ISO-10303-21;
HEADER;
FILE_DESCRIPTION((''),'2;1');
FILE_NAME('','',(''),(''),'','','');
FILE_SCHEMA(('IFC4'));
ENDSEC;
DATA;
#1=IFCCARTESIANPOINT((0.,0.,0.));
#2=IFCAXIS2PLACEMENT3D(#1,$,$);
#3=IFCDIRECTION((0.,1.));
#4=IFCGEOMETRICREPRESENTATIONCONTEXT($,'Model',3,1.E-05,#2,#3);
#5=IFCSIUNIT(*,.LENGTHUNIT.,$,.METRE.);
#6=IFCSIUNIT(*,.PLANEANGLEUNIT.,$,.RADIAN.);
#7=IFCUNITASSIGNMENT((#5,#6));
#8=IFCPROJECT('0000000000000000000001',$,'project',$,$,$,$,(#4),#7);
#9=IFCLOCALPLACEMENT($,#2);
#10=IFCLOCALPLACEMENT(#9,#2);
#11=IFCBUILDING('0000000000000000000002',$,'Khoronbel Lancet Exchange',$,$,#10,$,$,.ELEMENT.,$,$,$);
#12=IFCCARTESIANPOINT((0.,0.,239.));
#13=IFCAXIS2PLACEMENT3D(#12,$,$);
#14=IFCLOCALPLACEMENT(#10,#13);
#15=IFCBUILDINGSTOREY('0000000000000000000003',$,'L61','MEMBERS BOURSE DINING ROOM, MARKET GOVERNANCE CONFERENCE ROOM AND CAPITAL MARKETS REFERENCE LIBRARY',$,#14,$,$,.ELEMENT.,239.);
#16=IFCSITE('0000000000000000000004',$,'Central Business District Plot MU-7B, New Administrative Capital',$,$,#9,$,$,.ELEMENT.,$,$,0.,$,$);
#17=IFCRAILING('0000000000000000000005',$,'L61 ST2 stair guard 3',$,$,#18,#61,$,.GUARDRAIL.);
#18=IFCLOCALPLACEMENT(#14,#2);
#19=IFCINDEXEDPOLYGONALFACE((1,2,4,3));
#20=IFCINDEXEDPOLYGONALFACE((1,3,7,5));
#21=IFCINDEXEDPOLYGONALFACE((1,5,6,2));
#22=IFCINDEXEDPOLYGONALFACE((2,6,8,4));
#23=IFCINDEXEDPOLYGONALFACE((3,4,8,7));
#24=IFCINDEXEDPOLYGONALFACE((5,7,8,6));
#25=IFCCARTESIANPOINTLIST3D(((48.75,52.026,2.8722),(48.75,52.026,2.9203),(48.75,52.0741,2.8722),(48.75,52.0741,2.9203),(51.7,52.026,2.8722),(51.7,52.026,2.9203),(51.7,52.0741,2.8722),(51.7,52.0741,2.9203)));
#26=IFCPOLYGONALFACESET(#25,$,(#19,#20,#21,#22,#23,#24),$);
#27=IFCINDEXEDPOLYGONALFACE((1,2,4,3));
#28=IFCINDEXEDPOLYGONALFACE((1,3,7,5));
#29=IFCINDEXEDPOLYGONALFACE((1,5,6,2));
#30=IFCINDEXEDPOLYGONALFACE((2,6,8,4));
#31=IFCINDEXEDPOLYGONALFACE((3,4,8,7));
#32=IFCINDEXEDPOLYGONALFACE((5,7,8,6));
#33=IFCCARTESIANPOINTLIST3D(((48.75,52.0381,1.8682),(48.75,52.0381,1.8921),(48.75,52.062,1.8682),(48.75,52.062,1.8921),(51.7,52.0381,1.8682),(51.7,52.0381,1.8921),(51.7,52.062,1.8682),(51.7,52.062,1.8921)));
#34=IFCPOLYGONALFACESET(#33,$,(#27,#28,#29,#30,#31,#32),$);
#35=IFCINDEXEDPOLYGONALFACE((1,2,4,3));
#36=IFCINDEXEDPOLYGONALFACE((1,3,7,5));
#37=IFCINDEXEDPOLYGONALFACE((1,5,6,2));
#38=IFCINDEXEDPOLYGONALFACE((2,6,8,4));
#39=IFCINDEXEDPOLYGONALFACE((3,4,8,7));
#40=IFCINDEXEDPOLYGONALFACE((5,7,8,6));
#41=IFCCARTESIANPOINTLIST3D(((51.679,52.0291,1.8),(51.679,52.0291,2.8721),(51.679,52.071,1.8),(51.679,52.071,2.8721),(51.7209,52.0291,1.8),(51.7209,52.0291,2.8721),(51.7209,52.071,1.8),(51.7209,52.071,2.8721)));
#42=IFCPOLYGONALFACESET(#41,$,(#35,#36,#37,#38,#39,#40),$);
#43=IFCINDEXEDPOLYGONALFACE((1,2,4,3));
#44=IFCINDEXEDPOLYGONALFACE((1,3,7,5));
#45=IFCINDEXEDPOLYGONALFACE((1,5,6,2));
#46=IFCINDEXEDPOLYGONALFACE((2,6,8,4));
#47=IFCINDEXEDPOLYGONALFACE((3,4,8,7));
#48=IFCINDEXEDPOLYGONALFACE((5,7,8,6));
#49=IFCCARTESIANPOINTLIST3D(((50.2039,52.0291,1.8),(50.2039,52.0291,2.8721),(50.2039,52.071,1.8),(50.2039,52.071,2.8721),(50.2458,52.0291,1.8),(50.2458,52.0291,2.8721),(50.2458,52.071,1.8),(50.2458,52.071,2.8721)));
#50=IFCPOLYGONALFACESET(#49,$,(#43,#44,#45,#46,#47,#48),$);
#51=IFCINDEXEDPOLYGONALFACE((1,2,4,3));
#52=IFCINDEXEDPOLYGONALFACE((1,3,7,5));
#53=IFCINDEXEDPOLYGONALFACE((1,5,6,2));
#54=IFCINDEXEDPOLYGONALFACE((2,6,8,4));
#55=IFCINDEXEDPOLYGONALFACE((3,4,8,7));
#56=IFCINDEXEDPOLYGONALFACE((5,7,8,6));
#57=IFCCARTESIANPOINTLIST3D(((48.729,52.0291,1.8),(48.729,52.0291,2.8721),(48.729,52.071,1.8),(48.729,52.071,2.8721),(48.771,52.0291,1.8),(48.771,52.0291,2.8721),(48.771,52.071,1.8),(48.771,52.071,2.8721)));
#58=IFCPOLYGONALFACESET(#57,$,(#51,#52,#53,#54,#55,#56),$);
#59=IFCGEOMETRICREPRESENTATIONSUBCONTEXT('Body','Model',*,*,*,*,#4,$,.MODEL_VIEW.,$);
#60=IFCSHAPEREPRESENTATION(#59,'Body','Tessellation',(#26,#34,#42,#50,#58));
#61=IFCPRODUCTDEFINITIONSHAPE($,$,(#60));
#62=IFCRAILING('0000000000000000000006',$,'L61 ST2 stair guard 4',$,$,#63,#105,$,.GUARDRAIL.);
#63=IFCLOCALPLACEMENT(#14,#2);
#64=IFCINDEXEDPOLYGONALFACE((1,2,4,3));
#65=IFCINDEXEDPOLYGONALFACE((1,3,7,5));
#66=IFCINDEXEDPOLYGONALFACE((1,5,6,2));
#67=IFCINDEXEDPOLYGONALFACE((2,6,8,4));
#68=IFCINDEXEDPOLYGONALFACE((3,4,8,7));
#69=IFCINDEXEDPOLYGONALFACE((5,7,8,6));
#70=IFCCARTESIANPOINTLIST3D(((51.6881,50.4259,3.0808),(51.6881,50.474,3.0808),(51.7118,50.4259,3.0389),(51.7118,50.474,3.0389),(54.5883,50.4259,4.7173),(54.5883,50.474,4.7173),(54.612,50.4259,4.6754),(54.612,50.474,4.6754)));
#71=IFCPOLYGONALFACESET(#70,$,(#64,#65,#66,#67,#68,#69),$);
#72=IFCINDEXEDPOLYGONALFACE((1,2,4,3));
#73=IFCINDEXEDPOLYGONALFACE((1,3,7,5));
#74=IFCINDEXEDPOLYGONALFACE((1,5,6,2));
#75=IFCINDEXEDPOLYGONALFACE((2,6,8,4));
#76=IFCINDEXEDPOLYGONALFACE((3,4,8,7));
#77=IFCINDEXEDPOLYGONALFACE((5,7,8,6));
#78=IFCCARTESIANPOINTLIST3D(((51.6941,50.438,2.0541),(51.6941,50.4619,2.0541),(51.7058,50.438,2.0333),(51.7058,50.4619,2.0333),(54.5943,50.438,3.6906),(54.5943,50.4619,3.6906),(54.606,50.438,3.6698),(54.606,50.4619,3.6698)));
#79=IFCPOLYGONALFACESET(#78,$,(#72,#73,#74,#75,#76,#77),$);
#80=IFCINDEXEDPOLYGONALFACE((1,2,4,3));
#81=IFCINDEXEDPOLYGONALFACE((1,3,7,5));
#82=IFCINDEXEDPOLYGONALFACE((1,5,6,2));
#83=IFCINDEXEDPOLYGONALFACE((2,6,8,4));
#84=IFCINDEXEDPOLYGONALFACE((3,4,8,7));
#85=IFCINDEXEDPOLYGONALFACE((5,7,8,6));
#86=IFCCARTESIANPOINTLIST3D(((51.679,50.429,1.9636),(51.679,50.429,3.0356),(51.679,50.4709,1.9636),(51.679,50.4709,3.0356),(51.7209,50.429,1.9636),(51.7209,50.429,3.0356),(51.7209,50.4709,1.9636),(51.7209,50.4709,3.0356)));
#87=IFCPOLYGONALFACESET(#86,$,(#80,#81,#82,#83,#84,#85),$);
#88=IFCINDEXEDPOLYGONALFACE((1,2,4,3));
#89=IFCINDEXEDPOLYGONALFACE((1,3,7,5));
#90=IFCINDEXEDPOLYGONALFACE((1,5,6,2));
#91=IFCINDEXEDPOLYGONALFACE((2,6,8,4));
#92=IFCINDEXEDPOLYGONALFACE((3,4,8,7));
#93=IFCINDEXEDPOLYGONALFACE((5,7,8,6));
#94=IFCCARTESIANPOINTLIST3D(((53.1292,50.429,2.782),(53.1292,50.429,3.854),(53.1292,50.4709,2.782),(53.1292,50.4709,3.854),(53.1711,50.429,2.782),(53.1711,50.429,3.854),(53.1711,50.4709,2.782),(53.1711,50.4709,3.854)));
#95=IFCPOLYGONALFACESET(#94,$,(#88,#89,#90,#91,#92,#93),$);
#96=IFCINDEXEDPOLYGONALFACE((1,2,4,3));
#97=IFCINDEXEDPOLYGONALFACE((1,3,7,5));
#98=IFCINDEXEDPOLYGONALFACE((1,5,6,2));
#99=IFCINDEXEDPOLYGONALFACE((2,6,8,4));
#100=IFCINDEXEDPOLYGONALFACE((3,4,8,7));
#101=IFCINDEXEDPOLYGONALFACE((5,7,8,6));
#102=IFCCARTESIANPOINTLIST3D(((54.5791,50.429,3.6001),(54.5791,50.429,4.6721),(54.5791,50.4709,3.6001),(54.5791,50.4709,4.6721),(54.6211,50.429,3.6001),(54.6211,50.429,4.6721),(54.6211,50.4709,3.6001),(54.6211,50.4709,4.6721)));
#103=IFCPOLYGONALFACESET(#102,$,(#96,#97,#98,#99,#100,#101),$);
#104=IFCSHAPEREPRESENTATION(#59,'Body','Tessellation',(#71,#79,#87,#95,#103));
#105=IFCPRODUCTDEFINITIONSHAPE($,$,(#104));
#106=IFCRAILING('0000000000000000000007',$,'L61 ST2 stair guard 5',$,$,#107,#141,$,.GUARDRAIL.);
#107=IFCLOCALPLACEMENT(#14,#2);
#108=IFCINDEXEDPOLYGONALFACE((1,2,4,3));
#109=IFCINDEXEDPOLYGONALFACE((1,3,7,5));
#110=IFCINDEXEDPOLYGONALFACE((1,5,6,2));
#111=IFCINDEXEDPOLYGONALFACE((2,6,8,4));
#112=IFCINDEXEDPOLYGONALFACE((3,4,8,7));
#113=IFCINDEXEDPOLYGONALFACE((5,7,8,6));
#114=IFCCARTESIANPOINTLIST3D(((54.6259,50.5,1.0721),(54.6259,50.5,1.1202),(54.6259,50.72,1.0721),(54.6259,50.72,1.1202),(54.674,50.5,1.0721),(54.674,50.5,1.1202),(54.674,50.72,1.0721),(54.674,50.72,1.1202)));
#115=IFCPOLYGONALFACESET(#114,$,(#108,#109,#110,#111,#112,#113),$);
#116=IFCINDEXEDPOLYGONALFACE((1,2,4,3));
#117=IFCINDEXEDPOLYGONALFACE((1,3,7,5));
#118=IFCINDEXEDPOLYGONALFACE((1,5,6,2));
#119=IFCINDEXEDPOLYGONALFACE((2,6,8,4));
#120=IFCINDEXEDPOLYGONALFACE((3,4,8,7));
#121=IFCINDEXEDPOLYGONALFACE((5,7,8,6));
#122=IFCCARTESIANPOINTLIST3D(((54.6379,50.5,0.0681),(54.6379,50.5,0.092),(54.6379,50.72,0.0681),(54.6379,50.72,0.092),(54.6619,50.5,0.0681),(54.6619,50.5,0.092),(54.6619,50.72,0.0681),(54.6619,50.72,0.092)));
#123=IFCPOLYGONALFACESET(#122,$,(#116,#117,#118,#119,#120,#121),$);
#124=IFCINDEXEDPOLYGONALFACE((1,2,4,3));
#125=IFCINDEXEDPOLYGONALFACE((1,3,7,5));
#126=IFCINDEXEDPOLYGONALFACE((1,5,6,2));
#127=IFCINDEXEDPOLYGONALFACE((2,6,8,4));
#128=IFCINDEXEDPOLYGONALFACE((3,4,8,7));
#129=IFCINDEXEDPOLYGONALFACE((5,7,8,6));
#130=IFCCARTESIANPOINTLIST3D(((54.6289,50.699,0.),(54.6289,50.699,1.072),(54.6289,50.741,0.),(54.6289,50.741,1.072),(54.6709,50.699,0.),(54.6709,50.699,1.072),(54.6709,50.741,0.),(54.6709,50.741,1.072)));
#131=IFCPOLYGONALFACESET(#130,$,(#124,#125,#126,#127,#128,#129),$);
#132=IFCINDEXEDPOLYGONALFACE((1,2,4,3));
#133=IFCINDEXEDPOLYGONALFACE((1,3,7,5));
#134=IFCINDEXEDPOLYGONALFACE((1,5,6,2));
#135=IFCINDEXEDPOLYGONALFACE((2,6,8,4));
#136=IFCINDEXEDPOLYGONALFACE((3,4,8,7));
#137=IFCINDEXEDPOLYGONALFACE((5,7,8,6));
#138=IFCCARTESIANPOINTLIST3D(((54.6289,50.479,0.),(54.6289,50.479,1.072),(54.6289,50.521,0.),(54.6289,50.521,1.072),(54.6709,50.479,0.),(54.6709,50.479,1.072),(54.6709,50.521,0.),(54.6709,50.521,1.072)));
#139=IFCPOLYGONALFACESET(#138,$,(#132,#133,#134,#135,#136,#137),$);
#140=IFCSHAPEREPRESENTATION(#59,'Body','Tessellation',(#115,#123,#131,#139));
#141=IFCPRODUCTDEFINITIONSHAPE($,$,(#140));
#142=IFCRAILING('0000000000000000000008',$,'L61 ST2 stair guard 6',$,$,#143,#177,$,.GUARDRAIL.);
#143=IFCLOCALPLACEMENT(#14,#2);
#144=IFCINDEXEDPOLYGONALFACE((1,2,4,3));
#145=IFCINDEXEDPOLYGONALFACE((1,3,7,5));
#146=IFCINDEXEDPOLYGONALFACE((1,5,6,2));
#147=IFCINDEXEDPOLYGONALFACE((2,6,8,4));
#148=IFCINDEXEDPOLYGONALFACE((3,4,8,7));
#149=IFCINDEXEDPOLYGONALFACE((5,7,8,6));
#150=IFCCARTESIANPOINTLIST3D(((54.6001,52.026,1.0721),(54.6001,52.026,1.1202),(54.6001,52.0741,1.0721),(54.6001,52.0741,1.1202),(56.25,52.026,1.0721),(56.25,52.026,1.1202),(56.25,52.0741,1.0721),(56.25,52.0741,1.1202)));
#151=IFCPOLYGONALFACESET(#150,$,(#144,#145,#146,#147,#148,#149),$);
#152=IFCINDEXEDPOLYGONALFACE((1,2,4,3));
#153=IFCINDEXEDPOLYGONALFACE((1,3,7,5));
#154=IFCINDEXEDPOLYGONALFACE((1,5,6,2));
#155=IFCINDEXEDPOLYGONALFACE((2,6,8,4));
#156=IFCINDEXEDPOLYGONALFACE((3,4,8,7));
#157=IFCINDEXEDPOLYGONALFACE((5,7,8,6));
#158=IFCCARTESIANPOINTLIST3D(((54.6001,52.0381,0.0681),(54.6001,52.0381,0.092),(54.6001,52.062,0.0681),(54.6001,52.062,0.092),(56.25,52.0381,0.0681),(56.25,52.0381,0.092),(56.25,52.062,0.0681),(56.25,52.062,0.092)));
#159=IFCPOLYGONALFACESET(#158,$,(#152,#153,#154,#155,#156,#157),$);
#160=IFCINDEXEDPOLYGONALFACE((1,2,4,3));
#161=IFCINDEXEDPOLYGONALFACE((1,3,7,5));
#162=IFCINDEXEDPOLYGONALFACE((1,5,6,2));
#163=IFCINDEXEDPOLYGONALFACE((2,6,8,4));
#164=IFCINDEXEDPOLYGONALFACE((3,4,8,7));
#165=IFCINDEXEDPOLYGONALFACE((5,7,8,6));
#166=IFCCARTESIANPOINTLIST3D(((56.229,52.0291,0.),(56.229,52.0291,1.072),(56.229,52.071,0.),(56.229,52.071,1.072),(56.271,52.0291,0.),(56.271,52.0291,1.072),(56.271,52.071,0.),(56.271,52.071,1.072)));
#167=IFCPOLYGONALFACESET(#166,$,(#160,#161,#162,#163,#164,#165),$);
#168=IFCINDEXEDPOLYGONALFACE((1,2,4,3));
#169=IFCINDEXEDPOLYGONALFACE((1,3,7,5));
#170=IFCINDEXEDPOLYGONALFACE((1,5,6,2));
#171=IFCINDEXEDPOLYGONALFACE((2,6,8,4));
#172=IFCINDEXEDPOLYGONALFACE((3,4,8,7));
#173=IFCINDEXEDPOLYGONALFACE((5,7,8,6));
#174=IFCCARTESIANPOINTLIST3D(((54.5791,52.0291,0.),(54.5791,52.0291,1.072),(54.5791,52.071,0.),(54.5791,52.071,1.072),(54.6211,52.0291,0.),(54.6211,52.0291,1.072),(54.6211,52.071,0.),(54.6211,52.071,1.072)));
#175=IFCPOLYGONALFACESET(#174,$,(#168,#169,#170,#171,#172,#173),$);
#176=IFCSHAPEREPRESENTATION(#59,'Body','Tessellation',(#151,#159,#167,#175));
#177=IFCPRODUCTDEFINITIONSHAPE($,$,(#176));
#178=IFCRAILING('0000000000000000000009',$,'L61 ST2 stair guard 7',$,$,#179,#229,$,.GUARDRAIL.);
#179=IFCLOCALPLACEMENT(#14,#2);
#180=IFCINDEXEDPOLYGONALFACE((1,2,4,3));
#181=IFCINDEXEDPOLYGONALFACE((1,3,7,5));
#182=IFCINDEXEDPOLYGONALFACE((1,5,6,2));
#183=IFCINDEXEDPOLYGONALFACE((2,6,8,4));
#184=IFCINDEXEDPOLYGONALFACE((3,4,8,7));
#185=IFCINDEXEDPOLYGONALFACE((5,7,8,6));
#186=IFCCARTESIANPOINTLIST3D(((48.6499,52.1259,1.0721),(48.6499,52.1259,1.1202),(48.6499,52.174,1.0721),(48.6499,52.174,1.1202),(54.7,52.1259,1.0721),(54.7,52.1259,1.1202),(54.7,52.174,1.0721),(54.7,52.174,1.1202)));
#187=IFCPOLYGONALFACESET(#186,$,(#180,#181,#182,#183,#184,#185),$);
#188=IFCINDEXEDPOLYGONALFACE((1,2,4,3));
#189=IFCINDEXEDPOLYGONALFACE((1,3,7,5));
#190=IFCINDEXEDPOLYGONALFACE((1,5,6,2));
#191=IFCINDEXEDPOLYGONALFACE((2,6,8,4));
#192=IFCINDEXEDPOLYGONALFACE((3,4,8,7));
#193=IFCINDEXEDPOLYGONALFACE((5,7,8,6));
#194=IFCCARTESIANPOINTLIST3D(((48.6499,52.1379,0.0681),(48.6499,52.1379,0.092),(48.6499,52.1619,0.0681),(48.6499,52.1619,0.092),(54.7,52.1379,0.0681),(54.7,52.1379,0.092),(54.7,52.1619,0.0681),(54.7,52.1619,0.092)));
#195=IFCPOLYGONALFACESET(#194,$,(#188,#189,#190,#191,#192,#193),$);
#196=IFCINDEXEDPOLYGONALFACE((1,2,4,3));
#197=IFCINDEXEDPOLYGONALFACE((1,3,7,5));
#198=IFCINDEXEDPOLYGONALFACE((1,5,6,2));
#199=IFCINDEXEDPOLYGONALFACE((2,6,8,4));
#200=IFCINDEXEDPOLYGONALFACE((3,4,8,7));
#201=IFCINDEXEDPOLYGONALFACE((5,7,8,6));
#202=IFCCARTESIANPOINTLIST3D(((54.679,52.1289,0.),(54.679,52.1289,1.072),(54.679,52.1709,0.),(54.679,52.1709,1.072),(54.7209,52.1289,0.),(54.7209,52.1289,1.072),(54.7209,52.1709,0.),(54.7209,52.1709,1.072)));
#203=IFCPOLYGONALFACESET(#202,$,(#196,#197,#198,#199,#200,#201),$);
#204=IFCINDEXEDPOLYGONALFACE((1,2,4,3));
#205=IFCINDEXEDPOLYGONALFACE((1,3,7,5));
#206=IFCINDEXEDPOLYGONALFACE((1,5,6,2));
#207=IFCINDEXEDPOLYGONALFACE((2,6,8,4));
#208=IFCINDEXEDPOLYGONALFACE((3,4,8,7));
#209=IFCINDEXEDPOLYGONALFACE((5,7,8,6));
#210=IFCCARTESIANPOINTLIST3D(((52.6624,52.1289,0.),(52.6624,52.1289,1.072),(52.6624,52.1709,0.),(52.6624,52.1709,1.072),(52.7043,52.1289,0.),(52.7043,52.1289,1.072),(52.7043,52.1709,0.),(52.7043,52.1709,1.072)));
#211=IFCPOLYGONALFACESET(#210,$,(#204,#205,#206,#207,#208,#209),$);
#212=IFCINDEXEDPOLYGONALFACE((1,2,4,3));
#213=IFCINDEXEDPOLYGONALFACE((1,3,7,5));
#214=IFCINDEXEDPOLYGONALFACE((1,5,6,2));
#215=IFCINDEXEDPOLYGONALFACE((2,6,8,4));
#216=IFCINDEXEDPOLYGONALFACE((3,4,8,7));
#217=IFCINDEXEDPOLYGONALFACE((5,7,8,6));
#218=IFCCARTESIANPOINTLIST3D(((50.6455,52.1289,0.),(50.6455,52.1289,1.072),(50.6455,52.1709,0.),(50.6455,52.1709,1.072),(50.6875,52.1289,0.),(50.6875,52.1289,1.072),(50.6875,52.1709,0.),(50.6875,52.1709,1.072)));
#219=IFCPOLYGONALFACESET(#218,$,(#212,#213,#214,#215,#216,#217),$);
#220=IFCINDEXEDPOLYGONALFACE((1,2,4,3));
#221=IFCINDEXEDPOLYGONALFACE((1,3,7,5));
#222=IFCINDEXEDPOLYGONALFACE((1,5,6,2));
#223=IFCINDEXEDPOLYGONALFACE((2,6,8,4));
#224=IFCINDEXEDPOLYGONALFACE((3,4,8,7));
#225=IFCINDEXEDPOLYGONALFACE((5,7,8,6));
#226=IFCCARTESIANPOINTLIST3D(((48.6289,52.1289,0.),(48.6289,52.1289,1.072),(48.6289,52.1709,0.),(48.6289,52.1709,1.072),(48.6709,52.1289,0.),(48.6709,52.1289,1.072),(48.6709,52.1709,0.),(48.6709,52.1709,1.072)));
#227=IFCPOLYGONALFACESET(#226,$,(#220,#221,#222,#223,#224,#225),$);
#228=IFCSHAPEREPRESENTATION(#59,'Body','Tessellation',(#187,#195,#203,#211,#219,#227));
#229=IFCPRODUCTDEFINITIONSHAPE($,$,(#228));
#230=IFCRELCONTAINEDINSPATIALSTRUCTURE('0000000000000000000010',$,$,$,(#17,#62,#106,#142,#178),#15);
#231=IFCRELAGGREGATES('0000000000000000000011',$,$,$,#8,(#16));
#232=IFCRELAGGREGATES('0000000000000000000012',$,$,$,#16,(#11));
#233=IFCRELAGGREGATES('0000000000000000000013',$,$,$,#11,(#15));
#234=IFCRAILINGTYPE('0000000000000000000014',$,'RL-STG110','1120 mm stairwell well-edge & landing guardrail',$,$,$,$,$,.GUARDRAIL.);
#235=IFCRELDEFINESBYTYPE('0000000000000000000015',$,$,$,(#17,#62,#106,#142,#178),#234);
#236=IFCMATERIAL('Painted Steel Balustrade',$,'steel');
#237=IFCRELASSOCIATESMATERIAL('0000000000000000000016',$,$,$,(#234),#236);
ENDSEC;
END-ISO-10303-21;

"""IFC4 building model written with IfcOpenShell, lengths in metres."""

from ifc_helpers import new_model, si_unit, direction, frame, origin, origin_2d, place, context, subcontext, project, spatial, rectangle, extrude, material, type_object, element, save


model = new_model("IFC4")

# Units and contexts
model_context = context("Model", 3, precision=1e-05, world=origin(), true_north=direction((0.0, 1.0)))
body_context = subcontext(model_context, "Body", "Model", "MODEL_VIEW")
ifc_project = project(units=[si_unit("LENGTHUNIT", "METRE"), si_unit("PLANEANGLEUNIT", "RADIAN")], contexts=[model_context])

# Site, building, storey
site_placement = place(None, origin())
site = spatial("IfcSite", under=ifc_project, at=site_placement, Name="Central Business District Plot MU-7B, New Administrative Capital", CompositionType="ELEMENT", RefElevation=0.0)
building_placement = place(site_placement, origin())
building = spatial("IfcBuilding", under=site, at=building_placement, Name="Khoronbel Lancet Exchange", CompositionType="ELEMENT")
storey_placement = place(building_placement, frame((0.0, 0.0, 239.0)))
storey = spatial("IfcBuildingStorey", under=building, at=storey_placement, Name="L61", Description="MEMBERS BOURSE DINING ROOM, MARKET GOVERNANCE CONFERENCE ROOM AND CAPITAL MARKETS REFERENCE LIBRARY", CompositionType="ELEMENT", Elevation=239.0)

# Railings
ifc_material_1 = material(Name="Painted Steel Balustrade", Category="steel")
railing_type_1 = type_object("IfcRailingType", Name="RL-STG110", Description="1120 mm stairwell well-edge & landing guardrail", PredefinedType="GUARDRAIL", material=ifc_material_1)
railing_1_placement = place(storey_placement, frame((51.7, 52.05, 1.8)))
element("IfcRailing", 1, at=railing_1_placement, inside=storey, type_object=railing_type_1, Name="L61 ST2 stair guard 3", PredefinedType="GUARDRAIL", context=body_context, shape_type="SweptSolid", body=[
    extrude(rectangle(XDim=0.0481, YDim=0.0481, at=origin_2d()), frame((0.0, 0.0, 1.0962), z_axis=(-1.0, 0.0, 0.0), x_axis=(0.0, -1.0, 0.0)), (0.0, 0.0, 1.0), 2.95),
    extrude(rectangle(XDim=0.0239, YDim=0.0239, at=origin_2d()), frame((0.0, 0.0, 0.0801), z_axis=(-1.0, 0.0, 0.0), x_axis=(0.0, -1.0, 0.0)), (0.0, 0.0, 1.0), 2.95),
    extrude(rectangle(XDim=0.042, YDim=0.042, at=origin_2d()), origin(), (0.0, 0.0, 1.0), 1.072),
    extrude(rectangle(XDim=0.042, YDim=0.042, at=origin_2d()), frame((-1.4751, 0.0, 0.0)), (0.0, 0.0, 1.0), 1.072),
    extrude(rectangle(XDim=0.042, YDim=0.042, at=origin_2d()), frame((-2.95, 0.0, 0.0)), (0.0, 0.0, 1.0), 1.072),
])
railing_2_placement = place(storey_placement, frame((51.7, 50.45, 1.9636)))
element("IfcRailing", 2, at=railing_2_placement, inside=storey, type_object=railing_type_1, Name="L61 ST2 stair guard 4", PredefinedType="GUARDRAIL", context=body_context, shape_type="SweptSolid", body=[
    extrude(rectangle(XDim=0.0481, YDim=0.0481, at=origin_2d()), frame((0.0, 0.0, 1.0962), z_axis=(0.870915, 0.0, 0.491434), x_axis=(0.0, 1.0, 0.0)), (0.0, 0.0, 1.0), 3.3301),
    extrude(rectangle(XDim=0.0239, YDim=0.0239, at=origin_2d()), frame((0.0, 0.0, 0.0801), z_axis=(0.870915, 0.0, 0.491434), x_axis=(0.0, 1.0, 0.0)), (0.0, 0.0, 1.0), 3.3301),
    extrude(rectangle(XDim=0.042, YDim=0.042, at=origin_2d()), origin(), (0.0, 0.0, 1.0), 1.072),
    extrude(rectangle(XDim=0.042, YDim=0.042, at=origin_2d()), frame((1.4502, 0.0, 0.8184)), (0.0, 0.0, 1.0), 1.072),
    extrude(rectangle(XDim=0.042, YDim=0.042, at=origin_2d()), frame((2.9001, 0.0, 1.6365)), (0.0, 0.0, 1.0), 1.072),
])
railing_3_placement = place(storey_placement, frame((54.6499, 50.72, 0.0)))
element("IfcRailing", 3, at=railing_3_placement, inside=storey, type_object=railing_type_1, Name="L61 ST2 stair guard 5", PredefinedType="GUARDRAIL", context=body_context, shape_type="SweptSolid", body=[
    extrude(rectangle(XDim=0.0481, YDim=0.0481, at=origin_2d()), frame((0.0, 0.0, 1.0962), z_axis=(0.0, -1.0, 0.0), x_axis=(1.0, 0.0, 0.0)), (0.0, 0.0, 1.0), 0.22),
    extrude(rectangle(XDim=0.0239, YDim=0.0239, at=origin_2d()), frame((0.0, 0.0, 0.0801), z_axis=(0.0, -1.0, 0.0), x_axis=(1.0, 0.0, 0.0)), (0.0, 0.0, 1.0), 0.22),
    extrude(rectangle(XDim=0.042, YDim=0.042, at=origin_2d()), origin(), (0.0, 0.0, 1.0), 1.072),
    extrude(rectangle(XDim=0.042, YDim=0.042, at=origin_2d()), frame((0.0, -0.22, 0.0)), (0.0, 0.0, 1.0), 1.072),
])
railing_4_placement = place(storey_placement, frame((56.25, 52.05, 0.0)))
element("IfcRailing", 4, at=railing_4_placement, inside=storey, type_object=railing_type_1, Name="L61 ST2 stair guard 6", PredefinedType="GUARDRAIL", context=body_context, shape_type="SweptSolid", body=[
    extrude(rectangle(XDim=0.0481, YDim=0.0481, at=origin_2d()), frame((0.0, 0.0, 1.0962), z_axis=(-1.0, 0.0, 0.0), x_axis=(0.0, -1.0, 0.0)), (0.0, 0.0, 1.0), 1.6499),
    extrude(rectangle(XDim=0.0239, YDim=0.0239, at=origin_2d()), frame((0.0, 0.0, 0.0801), z_axis=(-1.0, 0.0, 0.0), x_axis=(0.0, -1.0, 0.0)), (0.0, 0.0, 1.0), 1.6499),
    extrude(rectangle(XDim=0.042, YDim=0.042, at=origin_2d()), origin(), (0.0, 0.0, 1.0), 1.072),
    extrude(rectangle(XDim=0.042, YDim=0.042, at=origin_2d()), frame((-1.6499, 0.0, 0.0)), (0.0, 0.0, 1.0), 1.072),
])
railing_5_placement = place(storey_placement, frame((54.7, 52.1499, 0.0)))
element("IfcRailing", 5, at=railing_5_placement, inside=storey, type_object=railing_type_1, Name="L61 ST2 stair guard 7", PredefinedType="GUARDRAIL", context=body_context, shape_type="SweptSolid", body=[
    extrude(rectangle(XDim=0.0481, YDim=0.0481, at=origin_2d()), frame((0.0, 0.0, 1.0962), z_axis=(-1.0, 0.0, 0.0), x_axis=(0.0, -1.0, 0.0)), (0.0, 0.0, 1.0), 6.05),
    extrude(rectangle(XDim=0.0239, YDim=0.0239, at=origin_2d()), frame((0.0, 0.0, 0.0801), z_axis=(-1.0, 0.0, 0.0), x_axis=(0.0, -1.0, 0.0)), (0.0, 0.0, 1.0), 6.05),
    extrude(rectangle(XDim=0.042, YDim=0.042, at=origin_2d()), origin(), (0.0, 0.0, 1.0), 1.072),
    extrude(rectangle(XDim=0.042, YDim=0.042, at=origin_2d()), frame((-2.0166, 0.0, 0.0)), (0.0, 0.0, 1.0), 1.072),
    extrude(rectangle(XDim=0.042, YDim=0.042, at=origin_2d()), frame((-4.0334, 0.0, 0.0)), (0.0, 0.0, 1.0), 1.072),
    extrude(rectangle(XDim=0.042, YDim=0.042, at=origin_2d()), frame((-6.05, 0.0, 0.0)), (0.0, 0.0, 1.0), 1.072),
])

save(model, "model.ifc")
